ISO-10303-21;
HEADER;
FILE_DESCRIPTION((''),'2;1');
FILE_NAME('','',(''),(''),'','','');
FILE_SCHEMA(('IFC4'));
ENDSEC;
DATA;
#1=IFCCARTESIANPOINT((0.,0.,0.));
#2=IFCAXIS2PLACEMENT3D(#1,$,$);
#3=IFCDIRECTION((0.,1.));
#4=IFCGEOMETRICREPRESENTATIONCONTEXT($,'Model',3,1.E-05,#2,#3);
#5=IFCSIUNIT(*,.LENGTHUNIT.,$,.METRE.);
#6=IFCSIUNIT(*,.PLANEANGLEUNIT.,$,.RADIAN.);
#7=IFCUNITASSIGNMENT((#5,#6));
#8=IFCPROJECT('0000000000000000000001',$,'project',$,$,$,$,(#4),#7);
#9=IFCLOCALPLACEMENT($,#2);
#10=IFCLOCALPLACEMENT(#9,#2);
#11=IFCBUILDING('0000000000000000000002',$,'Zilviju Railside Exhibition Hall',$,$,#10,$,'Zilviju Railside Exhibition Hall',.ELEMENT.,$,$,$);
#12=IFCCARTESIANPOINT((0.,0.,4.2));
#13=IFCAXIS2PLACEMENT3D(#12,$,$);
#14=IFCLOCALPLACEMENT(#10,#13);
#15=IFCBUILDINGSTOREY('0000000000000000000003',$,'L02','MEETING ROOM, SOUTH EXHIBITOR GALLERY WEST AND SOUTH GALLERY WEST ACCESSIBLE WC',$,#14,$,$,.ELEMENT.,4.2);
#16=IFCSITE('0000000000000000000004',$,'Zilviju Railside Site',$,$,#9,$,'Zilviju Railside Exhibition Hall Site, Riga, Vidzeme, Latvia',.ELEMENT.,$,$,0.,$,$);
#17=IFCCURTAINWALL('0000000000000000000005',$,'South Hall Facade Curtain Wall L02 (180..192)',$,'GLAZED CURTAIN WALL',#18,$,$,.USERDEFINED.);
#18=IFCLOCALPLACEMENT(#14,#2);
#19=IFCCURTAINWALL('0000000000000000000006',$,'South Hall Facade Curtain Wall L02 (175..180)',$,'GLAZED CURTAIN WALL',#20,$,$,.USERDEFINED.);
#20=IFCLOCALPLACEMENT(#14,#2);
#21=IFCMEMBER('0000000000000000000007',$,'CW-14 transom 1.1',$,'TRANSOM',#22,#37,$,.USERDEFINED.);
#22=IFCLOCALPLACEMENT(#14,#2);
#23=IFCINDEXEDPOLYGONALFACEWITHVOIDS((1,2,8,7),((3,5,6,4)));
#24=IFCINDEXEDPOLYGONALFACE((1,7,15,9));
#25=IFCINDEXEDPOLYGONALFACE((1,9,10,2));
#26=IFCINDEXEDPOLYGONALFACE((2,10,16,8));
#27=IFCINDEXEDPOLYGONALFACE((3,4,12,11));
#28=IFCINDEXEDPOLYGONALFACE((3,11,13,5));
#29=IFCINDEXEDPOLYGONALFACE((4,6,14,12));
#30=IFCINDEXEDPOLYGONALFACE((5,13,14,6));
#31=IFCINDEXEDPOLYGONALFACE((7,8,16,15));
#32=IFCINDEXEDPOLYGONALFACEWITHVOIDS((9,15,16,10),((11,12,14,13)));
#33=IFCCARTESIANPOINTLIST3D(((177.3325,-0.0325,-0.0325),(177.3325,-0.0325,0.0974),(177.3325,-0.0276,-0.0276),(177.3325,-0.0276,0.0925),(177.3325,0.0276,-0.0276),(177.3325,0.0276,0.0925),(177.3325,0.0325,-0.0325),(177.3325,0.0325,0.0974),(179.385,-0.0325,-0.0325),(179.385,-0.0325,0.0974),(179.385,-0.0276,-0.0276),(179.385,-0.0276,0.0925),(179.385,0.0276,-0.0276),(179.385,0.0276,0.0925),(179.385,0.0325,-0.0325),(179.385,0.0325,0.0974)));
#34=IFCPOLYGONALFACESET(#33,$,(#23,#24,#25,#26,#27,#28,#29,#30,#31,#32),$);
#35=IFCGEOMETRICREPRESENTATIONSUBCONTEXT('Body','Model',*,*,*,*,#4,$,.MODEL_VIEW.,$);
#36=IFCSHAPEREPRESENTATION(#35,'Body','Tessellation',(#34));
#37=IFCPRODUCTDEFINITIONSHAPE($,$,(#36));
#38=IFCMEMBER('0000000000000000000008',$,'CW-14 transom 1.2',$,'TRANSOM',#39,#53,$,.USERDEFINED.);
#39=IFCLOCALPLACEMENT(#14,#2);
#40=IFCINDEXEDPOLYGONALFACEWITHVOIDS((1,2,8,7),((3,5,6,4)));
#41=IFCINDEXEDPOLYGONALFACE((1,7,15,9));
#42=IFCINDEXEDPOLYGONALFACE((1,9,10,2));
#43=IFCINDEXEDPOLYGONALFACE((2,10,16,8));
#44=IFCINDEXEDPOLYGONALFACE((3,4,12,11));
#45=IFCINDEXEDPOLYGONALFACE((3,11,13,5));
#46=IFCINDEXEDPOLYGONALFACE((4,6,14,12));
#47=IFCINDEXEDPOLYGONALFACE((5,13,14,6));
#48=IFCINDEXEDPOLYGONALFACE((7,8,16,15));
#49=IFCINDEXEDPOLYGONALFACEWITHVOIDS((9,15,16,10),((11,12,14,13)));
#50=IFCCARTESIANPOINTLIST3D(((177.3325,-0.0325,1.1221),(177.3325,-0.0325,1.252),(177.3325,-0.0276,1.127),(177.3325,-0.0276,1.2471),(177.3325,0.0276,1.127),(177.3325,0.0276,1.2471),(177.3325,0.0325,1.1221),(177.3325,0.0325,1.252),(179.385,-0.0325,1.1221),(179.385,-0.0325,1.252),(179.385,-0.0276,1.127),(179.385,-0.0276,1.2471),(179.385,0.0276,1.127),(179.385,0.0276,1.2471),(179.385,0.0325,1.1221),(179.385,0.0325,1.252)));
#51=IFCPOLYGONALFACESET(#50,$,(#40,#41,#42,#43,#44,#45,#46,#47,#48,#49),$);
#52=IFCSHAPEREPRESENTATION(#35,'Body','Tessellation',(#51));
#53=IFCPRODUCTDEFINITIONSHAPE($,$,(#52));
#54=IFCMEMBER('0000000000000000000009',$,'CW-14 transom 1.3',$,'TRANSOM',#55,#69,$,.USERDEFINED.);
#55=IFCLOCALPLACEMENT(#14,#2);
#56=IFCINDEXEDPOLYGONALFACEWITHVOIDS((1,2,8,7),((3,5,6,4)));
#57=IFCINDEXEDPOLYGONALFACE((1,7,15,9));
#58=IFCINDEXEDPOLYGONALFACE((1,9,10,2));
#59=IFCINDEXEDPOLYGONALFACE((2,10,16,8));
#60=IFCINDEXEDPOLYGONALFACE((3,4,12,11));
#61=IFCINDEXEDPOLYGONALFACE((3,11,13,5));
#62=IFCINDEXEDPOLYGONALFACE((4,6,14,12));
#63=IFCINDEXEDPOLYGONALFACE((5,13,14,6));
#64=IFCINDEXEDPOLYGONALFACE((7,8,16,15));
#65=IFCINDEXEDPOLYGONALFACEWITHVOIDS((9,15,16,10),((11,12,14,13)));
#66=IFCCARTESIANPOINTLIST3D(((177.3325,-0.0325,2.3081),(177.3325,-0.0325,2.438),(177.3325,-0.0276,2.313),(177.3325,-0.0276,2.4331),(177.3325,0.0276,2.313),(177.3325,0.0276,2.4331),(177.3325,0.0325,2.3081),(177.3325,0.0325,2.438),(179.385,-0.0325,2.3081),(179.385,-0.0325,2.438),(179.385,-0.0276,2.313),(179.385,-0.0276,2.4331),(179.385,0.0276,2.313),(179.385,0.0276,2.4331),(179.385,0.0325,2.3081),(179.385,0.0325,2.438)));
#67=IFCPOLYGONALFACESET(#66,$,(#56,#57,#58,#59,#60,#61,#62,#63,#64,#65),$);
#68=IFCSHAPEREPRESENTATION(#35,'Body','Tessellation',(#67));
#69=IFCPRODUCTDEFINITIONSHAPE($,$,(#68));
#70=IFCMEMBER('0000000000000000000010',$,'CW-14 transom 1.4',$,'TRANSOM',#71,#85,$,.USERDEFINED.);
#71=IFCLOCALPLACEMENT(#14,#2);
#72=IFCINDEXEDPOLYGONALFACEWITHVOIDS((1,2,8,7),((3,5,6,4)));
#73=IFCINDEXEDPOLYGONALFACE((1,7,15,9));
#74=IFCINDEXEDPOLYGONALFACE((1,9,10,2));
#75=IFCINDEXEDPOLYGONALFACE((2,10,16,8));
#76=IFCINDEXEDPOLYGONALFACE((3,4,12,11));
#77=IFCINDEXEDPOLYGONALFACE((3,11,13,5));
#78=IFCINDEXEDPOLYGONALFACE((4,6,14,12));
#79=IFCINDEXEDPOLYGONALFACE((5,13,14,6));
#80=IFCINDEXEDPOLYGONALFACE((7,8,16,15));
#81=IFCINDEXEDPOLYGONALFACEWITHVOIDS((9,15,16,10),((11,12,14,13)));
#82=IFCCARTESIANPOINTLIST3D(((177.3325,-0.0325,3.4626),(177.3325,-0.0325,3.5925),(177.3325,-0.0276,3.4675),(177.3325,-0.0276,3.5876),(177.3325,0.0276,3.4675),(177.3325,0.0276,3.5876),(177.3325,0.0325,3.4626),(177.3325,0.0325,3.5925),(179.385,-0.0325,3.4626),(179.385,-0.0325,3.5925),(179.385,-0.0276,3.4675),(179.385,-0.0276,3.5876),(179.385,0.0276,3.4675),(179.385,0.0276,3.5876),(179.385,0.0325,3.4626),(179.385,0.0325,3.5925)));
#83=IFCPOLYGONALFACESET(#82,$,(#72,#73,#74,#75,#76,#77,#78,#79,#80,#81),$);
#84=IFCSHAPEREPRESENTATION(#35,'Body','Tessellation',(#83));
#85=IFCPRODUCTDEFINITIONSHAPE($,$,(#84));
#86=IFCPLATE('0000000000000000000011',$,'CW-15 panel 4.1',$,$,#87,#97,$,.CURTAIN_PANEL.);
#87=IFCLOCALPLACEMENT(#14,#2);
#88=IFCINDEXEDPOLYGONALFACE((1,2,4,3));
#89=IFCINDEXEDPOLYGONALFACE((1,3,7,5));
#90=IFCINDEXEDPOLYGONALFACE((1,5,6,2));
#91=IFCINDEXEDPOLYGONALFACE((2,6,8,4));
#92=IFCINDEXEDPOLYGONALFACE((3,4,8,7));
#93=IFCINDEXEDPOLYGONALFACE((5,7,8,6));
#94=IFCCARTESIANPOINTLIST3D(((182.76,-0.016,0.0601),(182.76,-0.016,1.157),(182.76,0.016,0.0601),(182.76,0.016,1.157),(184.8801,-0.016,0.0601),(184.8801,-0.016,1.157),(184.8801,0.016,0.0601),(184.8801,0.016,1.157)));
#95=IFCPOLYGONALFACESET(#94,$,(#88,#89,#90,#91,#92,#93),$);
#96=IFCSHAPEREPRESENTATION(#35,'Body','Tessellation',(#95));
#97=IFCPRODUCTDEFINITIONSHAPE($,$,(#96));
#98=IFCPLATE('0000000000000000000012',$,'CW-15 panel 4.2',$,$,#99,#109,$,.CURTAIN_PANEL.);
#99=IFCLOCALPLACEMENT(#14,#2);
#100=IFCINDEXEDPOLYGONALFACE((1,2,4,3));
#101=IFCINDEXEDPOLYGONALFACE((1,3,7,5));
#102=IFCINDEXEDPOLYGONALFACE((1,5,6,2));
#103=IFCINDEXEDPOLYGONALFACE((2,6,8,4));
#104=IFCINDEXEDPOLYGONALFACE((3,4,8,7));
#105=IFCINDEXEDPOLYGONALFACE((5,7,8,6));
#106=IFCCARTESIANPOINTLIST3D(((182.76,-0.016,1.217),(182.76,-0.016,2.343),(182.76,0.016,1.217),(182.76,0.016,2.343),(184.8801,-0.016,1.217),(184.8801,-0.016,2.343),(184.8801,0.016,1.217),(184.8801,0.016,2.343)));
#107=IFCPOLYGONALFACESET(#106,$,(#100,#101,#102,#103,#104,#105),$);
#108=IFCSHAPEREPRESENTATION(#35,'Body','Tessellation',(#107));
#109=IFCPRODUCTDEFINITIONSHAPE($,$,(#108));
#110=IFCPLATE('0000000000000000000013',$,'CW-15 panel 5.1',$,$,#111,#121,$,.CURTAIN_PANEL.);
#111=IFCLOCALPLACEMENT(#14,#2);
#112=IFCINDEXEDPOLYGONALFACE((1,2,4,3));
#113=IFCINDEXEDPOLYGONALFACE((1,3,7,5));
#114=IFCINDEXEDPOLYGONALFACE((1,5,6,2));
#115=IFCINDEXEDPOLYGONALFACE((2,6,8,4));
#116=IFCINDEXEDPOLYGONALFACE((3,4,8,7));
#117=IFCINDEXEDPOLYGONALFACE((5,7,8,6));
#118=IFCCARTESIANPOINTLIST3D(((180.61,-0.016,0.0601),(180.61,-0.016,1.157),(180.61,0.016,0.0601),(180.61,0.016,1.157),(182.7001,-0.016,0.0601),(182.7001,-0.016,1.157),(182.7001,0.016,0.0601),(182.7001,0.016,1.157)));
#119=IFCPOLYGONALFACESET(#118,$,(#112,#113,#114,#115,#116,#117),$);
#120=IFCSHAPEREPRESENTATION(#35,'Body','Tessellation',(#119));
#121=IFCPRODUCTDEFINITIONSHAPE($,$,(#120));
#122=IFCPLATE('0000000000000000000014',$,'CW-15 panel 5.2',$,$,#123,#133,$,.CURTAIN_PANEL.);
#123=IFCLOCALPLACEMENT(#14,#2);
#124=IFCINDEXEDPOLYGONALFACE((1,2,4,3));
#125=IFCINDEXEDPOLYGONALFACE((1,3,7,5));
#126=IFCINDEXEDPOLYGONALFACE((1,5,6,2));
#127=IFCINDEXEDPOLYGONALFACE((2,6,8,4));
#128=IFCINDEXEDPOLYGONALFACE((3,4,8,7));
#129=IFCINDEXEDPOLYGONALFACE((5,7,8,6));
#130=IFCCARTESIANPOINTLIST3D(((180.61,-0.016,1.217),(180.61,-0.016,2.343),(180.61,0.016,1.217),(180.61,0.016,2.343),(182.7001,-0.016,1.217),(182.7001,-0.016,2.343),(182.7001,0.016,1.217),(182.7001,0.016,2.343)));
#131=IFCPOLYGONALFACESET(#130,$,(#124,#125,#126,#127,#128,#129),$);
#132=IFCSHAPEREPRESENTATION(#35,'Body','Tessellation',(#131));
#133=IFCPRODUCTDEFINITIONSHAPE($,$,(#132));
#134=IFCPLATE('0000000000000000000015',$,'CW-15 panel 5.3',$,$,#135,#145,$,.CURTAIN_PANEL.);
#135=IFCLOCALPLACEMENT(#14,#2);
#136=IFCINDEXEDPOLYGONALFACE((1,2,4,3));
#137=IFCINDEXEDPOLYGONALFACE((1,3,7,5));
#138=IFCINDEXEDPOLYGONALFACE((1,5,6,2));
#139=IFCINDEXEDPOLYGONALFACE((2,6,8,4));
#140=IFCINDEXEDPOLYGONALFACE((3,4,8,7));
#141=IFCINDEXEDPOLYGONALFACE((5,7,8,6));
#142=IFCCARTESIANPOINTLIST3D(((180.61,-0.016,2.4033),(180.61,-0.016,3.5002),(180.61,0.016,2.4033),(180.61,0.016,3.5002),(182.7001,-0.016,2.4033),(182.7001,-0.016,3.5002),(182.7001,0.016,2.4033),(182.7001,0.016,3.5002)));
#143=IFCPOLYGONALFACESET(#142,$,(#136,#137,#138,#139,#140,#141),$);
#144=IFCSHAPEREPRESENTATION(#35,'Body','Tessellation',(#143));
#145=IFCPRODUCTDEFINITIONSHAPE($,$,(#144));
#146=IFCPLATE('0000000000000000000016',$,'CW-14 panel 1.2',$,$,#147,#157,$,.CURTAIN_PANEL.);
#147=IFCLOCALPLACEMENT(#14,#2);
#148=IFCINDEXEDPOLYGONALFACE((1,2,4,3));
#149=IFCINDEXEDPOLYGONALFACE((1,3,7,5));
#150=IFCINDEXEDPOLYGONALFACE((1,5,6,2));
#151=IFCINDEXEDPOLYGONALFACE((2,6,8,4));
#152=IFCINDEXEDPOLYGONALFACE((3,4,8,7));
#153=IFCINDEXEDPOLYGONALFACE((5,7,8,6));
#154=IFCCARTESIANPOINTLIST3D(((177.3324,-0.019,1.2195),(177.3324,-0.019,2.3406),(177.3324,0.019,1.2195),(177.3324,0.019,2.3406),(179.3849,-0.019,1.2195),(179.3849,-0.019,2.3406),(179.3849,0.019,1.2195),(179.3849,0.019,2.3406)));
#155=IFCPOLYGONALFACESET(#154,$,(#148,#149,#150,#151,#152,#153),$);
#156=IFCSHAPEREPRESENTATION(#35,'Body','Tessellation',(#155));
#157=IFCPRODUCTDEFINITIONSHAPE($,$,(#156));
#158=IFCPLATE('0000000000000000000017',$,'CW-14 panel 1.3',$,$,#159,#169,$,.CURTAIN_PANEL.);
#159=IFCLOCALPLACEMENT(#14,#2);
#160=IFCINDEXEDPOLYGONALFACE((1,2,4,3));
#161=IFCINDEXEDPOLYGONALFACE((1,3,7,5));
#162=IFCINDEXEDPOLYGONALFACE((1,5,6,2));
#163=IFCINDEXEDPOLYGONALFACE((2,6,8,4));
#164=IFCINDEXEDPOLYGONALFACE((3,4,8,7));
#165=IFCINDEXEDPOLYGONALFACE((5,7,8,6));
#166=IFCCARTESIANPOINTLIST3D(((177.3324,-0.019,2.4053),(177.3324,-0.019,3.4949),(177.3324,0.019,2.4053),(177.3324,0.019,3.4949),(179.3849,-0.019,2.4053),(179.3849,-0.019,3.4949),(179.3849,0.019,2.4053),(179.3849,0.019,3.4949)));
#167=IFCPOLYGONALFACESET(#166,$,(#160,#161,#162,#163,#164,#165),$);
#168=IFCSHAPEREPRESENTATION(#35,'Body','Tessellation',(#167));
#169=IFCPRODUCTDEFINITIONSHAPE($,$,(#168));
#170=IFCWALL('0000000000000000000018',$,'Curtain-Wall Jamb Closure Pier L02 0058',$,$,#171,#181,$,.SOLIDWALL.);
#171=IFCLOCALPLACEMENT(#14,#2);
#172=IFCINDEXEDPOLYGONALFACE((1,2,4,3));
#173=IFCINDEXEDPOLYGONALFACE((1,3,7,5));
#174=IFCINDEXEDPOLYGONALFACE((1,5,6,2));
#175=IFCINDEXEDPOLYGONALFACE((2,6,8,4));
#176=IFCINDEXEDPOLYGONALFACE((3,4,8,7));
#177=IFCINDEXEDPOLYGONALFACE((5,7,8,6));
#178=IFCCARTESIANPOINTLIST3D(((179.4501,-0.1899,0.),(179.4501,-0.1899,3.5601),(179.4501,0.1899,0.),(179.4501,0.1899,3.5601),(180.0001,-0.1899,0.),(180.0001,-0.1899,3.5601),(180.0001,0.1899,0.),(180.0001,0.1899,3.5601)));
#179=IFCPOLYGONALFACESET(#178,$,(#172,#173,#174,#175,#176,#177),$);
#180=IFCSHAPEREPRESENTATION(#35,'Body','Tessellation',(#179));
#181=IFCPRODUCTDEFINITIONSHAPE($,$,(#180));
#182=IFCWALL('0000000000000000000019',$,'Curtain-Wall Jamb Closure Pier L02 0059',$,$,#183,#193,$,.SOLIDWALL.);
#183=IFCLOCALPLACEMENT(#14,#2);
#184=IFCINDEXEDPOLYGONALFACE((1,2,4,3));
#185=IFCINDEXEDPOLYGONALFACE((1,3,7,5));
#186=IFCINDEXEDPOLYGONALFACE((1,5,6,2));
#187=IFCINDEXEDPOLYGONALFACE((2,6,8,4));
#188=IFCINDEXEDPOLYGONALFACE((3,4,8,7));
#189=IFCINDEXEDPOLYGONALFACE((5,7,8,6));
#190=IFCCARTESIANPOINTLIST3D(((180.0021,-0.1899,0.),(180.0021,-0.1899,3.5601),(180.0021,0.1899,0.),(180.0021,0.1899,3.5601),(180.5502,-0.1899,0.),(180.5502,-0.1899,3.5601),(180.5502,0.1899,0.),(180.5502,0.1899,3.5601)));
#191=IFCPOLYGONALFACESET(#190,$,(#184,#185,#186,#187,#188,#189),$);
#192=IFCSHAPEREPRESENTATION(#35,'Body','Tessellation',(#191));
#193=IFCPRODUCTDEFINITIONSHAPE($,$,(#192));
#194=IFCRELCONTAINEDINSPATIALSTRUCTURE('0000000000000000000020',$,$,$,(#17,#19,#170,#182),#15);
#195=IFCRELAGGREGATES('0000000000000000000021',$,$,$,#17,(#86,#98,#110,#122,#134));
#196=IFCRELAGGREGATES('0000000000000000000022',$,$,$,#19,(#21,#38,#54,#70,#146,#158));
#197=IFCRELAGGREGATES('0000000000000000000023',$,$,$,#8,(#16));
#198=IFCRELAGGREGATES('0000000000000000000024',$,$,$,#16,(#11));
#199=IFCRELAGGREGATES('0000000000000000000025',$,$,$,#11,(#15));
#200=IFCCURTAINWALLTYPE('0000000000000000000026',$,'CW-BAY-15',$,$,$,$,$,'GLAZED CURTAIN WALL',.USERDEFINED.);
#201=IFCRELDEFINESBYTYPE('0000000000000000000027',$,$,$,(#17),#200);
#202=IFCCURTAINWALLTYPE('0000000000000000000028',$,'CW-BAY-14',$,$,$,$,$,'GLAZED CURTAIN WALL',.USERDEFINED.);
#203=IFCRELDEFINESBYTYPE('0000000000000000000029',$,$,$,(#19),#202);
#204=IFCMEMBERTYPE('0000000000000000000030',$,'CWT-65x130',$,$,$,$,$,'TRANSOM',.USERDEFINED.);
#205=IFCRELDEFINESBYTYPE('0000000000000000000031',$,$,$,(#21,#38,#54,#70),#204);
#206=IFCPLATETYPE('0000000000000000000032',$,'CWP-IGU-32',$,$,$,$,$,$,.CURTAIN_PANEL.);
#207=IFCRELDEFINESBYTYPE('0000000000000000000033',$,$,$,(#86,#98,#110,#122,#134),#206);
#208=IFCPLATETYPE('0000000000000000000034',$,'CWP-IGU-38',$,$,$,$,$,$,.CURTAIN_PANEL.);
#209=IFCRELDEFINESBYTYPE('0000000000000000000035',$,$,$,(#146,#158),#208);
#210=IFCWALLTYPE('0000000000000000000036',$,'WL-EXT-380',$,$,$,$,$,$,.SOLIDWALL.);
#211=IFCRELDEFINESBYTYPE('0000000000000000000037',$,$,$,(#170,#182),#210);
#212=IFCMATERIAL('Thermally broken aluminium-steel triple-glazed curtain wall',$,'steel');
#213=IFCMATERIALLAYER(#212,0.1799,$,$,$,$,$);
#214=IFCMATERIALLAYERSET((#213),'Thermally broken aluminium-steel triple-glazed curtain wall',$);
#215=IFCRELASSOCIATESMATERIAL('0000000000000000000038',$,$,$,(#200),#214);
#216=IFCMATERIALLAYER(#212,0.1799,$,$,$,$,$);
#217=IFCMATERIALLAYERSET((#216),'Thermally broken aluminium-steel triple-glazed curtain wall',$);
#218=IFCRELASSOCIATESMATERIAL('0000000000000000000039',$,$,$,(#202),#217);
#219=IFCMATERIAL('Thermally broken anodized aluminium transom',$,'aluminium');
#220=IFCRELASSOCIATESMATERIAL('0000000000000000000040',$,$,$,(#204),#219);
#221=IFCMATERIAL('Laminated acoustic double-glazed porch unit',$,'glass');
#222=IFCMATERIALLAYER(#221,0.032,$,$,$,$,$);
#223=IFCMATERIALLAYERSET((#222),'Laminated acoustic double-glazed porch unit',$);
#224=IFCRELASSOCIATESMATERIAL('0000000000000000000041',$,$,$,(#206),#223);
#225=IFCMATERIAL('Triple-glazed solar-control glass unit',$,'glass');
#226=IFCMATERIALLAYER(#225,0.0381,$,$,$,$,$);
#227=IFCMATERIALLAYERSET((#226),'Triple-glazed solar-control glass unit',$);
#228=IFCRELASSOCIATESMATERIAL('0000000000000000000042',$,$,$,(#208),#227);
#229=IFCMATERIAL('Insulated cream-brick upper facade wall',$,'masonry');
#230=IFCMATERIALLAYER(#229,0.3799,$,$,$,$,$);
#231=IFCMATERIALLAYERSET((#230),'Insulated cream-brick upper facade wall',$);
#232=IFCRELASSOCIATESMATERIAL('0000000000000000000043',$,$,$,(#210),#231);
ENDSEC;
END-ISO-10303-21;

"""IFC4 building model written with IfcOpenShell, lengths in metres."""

from ifc_helpers import new_model, si_unit, direction, frame, frame_2d, origin, origin_2d, place, context, subcontext, project, spatial, rectangle, hollow_rectangle, extrude, material, layer, layer_set, material_profile, profile_set, type_object, element, aggregate, save


model = new_model("IFC4")

# Units and contexts
model_context = context("Model", 3, precision=1e-05, world=origin(), true_north=direction((0.0, 1.0)))
body_context = subcontext(model_context, "Body", "Model", "MODEL_VIEW")
ifc_project = project(units=[si_unit("LENGTHUNIT", "METRE"), si_unit("PLANEANGLEUNIT", "RADIAN")], contexts=[model_context])

# Site, building, storey
site_placement = place(None, origin())
site = spatial("IfcSite", under=ifc_project, at=site_placement, Name="Zilviju Railside Site", LongName="Zilviju Railside Exhibition Hall Site, Riga, Vidzeme, Latvia", CompositionType="ELEMENT", RefElevation=0.0)
building_placement = place(site_placement, origin())
building = spatial("IfcBuilding", under=site, at=building_placement, Name="Zilviju Railside Exhibition Hall", LongName="Zilviju Railside Exhibition Hall", CompositionType="ELEMENT")
storey_placement = place(building_placement, frame((0.0, 0.0, 4.2)))
storey = spatial("IfcBuildingStorey", under=building, at=storey_placement, Name="L02", Description="MEETING ROOM, SOUTH EXHIBITOR GALLERY WEST AND SOUTH GALLERY WEST ACCESSIBLE WC", CompositionType="ELEMENT", Elevation=4.2)

# Curtain wall
ifc_material_1 = material(Name="Thermally broken aluminium-steel triple-glazed curtain wall", Category="steel")
ifc_layer_1 = layer(ifc_material_1, 0.1799)
ifc_layer_set_1 = layer_set([ifc_layer_1], Name="Thermally broken aluminium-steel triple-glazed curtain wall")
curtain_wall_type_1 = type_object("IfcCurtainWallType", Name="CW-BAY-15", ElementType="GLAZED CURTAIN WALL", PredefinedType="USERDEFINED", material=ifc_layer_set_1)
curtain_wall_1_placement = place(storey_placement, origin())
curtain_wall_1 = element("IfcCurtainWall", 1, at=curtain_wall_1_placement, inside=storey, type_object=curtain_wall_type_1, Name="South Hall Facade Curtain Wall L02 (180..192)", ObjectType="GLAZED CURTAIN WALL", PredefinedType="USERDEFINED")

# Curtain wall
ifc_layer_2 = layer(ifc_material_1, 0.1799)
ifc_layer_set_2 = layer_set([ifc_layer_2], Name="Thermally broken aluminium-steel triple-glazed curtain wall")
curtain_wall_type_2 = type_object("IfcCurtainWallType", Name="CW-BAY-14", ElementType="GLAZED CURTAIN WALL", PredefinedType="USERDEFINED", material=ifc_layer_set_2)
curtain_wall_2_placement = place(storey_placement, origin())
curtain_wall_2 = element("IfcCurtainWall", 2, at=curtain_wall_2_placement, inside=storey, type_object=curtain_wall_type_2, Name="South Hall Facade Curtain Wall L02 (175..180)", ObjectType="GLAZED CURTAIN WALL", PredefinedType="USERDEFINED")

# Members
ifc_material_2 = material(Name="Thermally broken anodized aluminium transom", Category="aluminium")
ifc_material_profile_1 = material_profile(ifc_material_2, hollow_rectangle(XDim=0.0649, YDim=0.1299, WallThickness=0.0049, at=origin_2d()), Name="TRANSOM 130x65x5")
ifc_profile_set_1 = profile_set([ifc_material_profile_1], Name="Thermally broken anodized aluminium transom")
member_type_1 = type_object("IfcMemberType", Name="CWT-65x130", ElementType="TRANSOM", PredefinedType="USERDEFINED", material=ifc_profile_set_1)
member_1_placement = place(storey_placement, frame((179.385, 0.0, 0.0325), z_axis=(-1.0, 0.0, 0.0), x_axis=(0.0, -1.0, 0.0)))
member_1 = element("IfcMember", 3, at=member_1_placement, type_object=member_type_1, Name="CW-14 transom 1.1", ObjectType="TRANSOM", PredefinedType="USERDEFINED", context=body_context, shape_type="SweptSolid", body=[
    extrude(hollow_rectangle(XDim=0.0649, YDim=0.1299, WallThickness=0.0049, at=origin_2d()), origin(), (0.0, 0.0, 1.0), 2.0525),
])
member_2_placement = place(storey_placement, frame((179.385, 0.0, 1.187), z_axis=(-1.0, 0.0, 0.0), x_axis=(0.0, -1.0, 0.0)))
member_2 = element("IfcMember", 4, at=member_2_placement, type_object=member_type_1, Name="CW-14 transom 1.2", ObjectType="TRANSOM", PredefinedType="USERDEFINED", context=body_context, shape_type="SweptSolid", body=[
    extrude(hollow_rectangle(XDim=0.0649, YDim=0.1299, WallThickness=0.0049, at=origin_2d()), origin(), (0.0, 0.0, 1.0), 2.0525),
])
member_3_placement = place(storey_placement, frame((179.385, 0.0, 2.373), z_axis=(-1.0, 0.0, 0.0), x_axis=(0.0, -1.0, 0.0)))
member_3 = element("IfcMember", 5, at=member_3_placement, type_object=member_type_1, Name="CW-14 transom 1.3", ObjectType="TRANSOM", PredefinedType="USERDEFINED", context=body_context, shape_type="SweptSolid", body=[
    extrude(hollow_rectangle(XDim=0.0649, YDim=0.1299, WallThickness=0.0049, at=origin_2d()), origin(), (0.0, 0.0, 1.0), 2.0525),
])
member_4_placement = place(storey_placement, frame((179.385, 0.0, 3.5276), z_axis=(-1.0, 0.0, 0.0), x_axis=(0.0, -1.0, 0.0)))
member_4 = element("IfcMember", 6, at=member_4_placement, type_object=member_type_1, Name="CW-14 transom 1.4", ObjectType="TRANSOM", PredefinedType="USERDEFINED", context=body_context, shape_type="SweptSolid", body=[
    extrude(hollow_rectangle(XDim=0.0649, YDim=0.1299, WallThickness=0.0049, at=origin_2d()), origin(), (0.0, 0.0, 1.0), 2.0525),
])

# Plates
ifc_material_3 = material(Name="Laminated acoustic double-glazed porch unit", Category="glass")
ifc_layer_3 = layer(ifc_material_3, 0.032)
ifc_layer_set_3 = layer_set([ifc_layer_3], Name="Laminated acoustic double-glazed porch unit")
plate_type_1 = type_object("IfcPlateType", Name="CWP-IGU-32", PredefinedType="CURTAIN_PANEL", material=ifc_layer_set_3)
plate_1_placement = place(storey_placement, frame((183.8201, 0.0, 0.0601), z_axis=(0.0, 0.0, 1.0), x_axis=(-1.0, 0.0, 0.0)))
plate_1 = element("IfcPlate", 7, at=plate_1_placement, type_object=plate_type_1, Name="CW-15 panel 4.1", PredefinedType="CURTAIN_PANEL", context=body_context, shape_type="SweptSolid", body=[
    extrude(rectangle(XDim=2.1201, YDim=0.032, at=origin_2d()), origin(), (0.0, 0.0, 1.0), 1.0969),
])
plate_2_placement = place(storey_placement, frame((183.8201, 0.0, 1.217), z_axis=(0.0, 0.0, 1.0), x_axis=(-1.0, 0.0, 0.0)))
plate_2 = element("IfcPlate", 8, at=plate_2_placement, type_object=plate_type_1, Name="CW-15 panel 4.2", PredefinedType="CURTAIN_PANEL", context=body_context, shape_type="SweptSolid", body=[
    extrude(rectangle(XDim=2.1201, YDim=0.032, at=origin_2d()), origin(), (0.0, 0.0, 1.0), 1.126),
])
plate_3_placement = place(storey_placement, frame((181.655, 0.0, 0.0601), z_axis=(0.0, 0.0, 1.0), x_axis=(-1.0, 0.0, 0.0)))
plate_3 = element("IfcPlate", 9, at=plate_3_placement, type_object=plate_type_1, Name="CW-15 panel 5.1", PredefinedType="CURTAIN_PANEL", context=body_context, shape_type="SweptSolid", body=[
    extrude(rectangle(XDim=2.0901, YDim=0.032, at=origin_2d()), origin(), (0.0, 0.0, 1.0), 1.0969),
])
plate_4_placement = place(storey_placement, frame((181.655, 0.0, 1.217), z_axis=(0.0, 0.0, 1.0), x_axis=(-1.0, 0.0, 0.0)))
plate_4 = element("IfcPlate", 10, at=plate_4_placement, type_object=plate_type_1, Name="CW-15 panel 5.2", PredefinedType="CURTAIN_PANEL", context=body_context, shape_type="SweptSolid", body=[
    extrude(rectangle(XDim=2.0901, YDim=0.032, at=origin_2d()), origin(), (0.0, 0.0, 1.0), 1.126),
])
plate_5_placement = place(storey_placement, frame((181.655, 0.0, 2.4033), z_axis=(0.0, 0.0, 1.0), x_axis=(-1.0, 0.0, 0.0)))
plate_5 = element("IfcPlate", 11, at=plate_5_placement, type_object=plate_type_1, Name="CW-15 panel 5.3", PredefinedType="CURTAIN_PANEL", context=body_context, shape_type="SweptSolid", body=[
    extrude(rectangle(XDim=2.0901, YDim=0.032, at=origin_2d()), origin(), (0.0, 0.0, 1.0), 1.0969),
])
aggregate(curtain_wall_1, [plate_1, plate_2, plate_3, plate_4, plate_5])
ifc_material_4 = material(Name="Triple-glazed solar-control glass unit", Category="glass")
ifc_layer_4 = layer(ifc_material_4, 0.0381)
ifc_layer_set_4 = layer_set([ifc_layer_4], Name="Triple-glazed solar-control glass unit")
plate_type_2 = type_object("IfcPlateType", Name="CWP-IGU-38", PredefinedType="CURTAIN_PANEL", material=ifc_layer_set_4)
plate_6_placement = place(storey_placement, frame((178.3586, 0.0, 1.2195), z_axis=(0.0, 0.0, 1.0), x_axis=(-1.0, 0.0, 0.0)))
plate_6 = element("IfcPlate", 12, at=plate_6_placement, type_object=plate_type_2, Name="CW-14 panel 1.2", PredefinedType="CURTAIN_PANEL", context=body_context, shape_type="SweptSolid", body=[
    extrude(rectangle(XDim=2.0525, YDim=0.0381, at=origin_2d()), origin(), (0.0, 0.0, 1.0), 1.1211),
])
plate_7_placement = place(storey_placement, frame((178.3586, 0.0, 2.4053), z_axis=(0.0, 0.0, 1.0), x_axis=(-1.0, 0.0, 0.0)))
plate_7 = element("IfcPlate", 13, at=plate_7_placement, type_object=plate_type_2, Name="CW-14 panel 1.3", PredefinedType="CURTAIN_PANEL", context=body_context, shape_type="SweptSolid", body=[
    extrude(rectangle(XDim=2.0525, YDim=0.0381, at=origin_2d()), origin(), (0.0, 0.0, 1.0), 1.0896),
])
aggregate(curtain_wall_2, [member_1, member_2, member_3, member_4, plate_6, plate_7])

# Walls
ifc_material_5 = material(Name="Insulated cream-brick upper facade wall", Category="masonry")
ifc_layer_5 = layer(ifc_material_5, 0.3799)
ifc_layer_set_5 = layer_set([ifc_layer_5], Name="Insulated cream-brick upper facade wall")
wall_type = type_object("IfcWallType", Name="WL-EXT-380", PredefinedType="SOLIDWALL", material=ifc_layer_set_5)
wall_1_placement = place(storey_placement, frame((180.0, 0.0, 0.0), z_axis=(0.0, 0.0, 1.0), x_axis=(-1.0, 0.0, 0.0)))
element("IfcWall", 14, at=wall_1_placement, inside=storey, type_object=wall_type, Name="Curtain-Wall Jamb Closure Pier L02 0058", PredefinedType="SOLIDWALL", context=body_context, shape_type="SweptSolid", body=[
    extrude(rectangle(XDim=0.55, YDim=0.3799, at=frame_2d((0.2749, 0.0))), origin(), (0.0, 0.0, 1.0), 3.5601),
])
wall_2_placement = place(storey_placement, frame((180.55, 0.0, 0.0), z_axis=(0.0, 0.0, 1.0), x_axis=(-1.0, 0.0, 0.0)))
element("IfcWall", 15, at=wall_2_placement, inside=storey, type_object=wall_type, Name="Curtain-Wall Jamb Closure Pier L02 0059", PredefinedType="SOLIDWALL", context=body_context, shape_type="SweptSolid", body=[
    extrude(rectangle(XDim=0.5481, YDim=0.3799, at=frame_2d((0.2739, 0.0))), origin(), (0.0, 0.0, 1.0), 3.5601),
])

save(model, "model.ifc")
